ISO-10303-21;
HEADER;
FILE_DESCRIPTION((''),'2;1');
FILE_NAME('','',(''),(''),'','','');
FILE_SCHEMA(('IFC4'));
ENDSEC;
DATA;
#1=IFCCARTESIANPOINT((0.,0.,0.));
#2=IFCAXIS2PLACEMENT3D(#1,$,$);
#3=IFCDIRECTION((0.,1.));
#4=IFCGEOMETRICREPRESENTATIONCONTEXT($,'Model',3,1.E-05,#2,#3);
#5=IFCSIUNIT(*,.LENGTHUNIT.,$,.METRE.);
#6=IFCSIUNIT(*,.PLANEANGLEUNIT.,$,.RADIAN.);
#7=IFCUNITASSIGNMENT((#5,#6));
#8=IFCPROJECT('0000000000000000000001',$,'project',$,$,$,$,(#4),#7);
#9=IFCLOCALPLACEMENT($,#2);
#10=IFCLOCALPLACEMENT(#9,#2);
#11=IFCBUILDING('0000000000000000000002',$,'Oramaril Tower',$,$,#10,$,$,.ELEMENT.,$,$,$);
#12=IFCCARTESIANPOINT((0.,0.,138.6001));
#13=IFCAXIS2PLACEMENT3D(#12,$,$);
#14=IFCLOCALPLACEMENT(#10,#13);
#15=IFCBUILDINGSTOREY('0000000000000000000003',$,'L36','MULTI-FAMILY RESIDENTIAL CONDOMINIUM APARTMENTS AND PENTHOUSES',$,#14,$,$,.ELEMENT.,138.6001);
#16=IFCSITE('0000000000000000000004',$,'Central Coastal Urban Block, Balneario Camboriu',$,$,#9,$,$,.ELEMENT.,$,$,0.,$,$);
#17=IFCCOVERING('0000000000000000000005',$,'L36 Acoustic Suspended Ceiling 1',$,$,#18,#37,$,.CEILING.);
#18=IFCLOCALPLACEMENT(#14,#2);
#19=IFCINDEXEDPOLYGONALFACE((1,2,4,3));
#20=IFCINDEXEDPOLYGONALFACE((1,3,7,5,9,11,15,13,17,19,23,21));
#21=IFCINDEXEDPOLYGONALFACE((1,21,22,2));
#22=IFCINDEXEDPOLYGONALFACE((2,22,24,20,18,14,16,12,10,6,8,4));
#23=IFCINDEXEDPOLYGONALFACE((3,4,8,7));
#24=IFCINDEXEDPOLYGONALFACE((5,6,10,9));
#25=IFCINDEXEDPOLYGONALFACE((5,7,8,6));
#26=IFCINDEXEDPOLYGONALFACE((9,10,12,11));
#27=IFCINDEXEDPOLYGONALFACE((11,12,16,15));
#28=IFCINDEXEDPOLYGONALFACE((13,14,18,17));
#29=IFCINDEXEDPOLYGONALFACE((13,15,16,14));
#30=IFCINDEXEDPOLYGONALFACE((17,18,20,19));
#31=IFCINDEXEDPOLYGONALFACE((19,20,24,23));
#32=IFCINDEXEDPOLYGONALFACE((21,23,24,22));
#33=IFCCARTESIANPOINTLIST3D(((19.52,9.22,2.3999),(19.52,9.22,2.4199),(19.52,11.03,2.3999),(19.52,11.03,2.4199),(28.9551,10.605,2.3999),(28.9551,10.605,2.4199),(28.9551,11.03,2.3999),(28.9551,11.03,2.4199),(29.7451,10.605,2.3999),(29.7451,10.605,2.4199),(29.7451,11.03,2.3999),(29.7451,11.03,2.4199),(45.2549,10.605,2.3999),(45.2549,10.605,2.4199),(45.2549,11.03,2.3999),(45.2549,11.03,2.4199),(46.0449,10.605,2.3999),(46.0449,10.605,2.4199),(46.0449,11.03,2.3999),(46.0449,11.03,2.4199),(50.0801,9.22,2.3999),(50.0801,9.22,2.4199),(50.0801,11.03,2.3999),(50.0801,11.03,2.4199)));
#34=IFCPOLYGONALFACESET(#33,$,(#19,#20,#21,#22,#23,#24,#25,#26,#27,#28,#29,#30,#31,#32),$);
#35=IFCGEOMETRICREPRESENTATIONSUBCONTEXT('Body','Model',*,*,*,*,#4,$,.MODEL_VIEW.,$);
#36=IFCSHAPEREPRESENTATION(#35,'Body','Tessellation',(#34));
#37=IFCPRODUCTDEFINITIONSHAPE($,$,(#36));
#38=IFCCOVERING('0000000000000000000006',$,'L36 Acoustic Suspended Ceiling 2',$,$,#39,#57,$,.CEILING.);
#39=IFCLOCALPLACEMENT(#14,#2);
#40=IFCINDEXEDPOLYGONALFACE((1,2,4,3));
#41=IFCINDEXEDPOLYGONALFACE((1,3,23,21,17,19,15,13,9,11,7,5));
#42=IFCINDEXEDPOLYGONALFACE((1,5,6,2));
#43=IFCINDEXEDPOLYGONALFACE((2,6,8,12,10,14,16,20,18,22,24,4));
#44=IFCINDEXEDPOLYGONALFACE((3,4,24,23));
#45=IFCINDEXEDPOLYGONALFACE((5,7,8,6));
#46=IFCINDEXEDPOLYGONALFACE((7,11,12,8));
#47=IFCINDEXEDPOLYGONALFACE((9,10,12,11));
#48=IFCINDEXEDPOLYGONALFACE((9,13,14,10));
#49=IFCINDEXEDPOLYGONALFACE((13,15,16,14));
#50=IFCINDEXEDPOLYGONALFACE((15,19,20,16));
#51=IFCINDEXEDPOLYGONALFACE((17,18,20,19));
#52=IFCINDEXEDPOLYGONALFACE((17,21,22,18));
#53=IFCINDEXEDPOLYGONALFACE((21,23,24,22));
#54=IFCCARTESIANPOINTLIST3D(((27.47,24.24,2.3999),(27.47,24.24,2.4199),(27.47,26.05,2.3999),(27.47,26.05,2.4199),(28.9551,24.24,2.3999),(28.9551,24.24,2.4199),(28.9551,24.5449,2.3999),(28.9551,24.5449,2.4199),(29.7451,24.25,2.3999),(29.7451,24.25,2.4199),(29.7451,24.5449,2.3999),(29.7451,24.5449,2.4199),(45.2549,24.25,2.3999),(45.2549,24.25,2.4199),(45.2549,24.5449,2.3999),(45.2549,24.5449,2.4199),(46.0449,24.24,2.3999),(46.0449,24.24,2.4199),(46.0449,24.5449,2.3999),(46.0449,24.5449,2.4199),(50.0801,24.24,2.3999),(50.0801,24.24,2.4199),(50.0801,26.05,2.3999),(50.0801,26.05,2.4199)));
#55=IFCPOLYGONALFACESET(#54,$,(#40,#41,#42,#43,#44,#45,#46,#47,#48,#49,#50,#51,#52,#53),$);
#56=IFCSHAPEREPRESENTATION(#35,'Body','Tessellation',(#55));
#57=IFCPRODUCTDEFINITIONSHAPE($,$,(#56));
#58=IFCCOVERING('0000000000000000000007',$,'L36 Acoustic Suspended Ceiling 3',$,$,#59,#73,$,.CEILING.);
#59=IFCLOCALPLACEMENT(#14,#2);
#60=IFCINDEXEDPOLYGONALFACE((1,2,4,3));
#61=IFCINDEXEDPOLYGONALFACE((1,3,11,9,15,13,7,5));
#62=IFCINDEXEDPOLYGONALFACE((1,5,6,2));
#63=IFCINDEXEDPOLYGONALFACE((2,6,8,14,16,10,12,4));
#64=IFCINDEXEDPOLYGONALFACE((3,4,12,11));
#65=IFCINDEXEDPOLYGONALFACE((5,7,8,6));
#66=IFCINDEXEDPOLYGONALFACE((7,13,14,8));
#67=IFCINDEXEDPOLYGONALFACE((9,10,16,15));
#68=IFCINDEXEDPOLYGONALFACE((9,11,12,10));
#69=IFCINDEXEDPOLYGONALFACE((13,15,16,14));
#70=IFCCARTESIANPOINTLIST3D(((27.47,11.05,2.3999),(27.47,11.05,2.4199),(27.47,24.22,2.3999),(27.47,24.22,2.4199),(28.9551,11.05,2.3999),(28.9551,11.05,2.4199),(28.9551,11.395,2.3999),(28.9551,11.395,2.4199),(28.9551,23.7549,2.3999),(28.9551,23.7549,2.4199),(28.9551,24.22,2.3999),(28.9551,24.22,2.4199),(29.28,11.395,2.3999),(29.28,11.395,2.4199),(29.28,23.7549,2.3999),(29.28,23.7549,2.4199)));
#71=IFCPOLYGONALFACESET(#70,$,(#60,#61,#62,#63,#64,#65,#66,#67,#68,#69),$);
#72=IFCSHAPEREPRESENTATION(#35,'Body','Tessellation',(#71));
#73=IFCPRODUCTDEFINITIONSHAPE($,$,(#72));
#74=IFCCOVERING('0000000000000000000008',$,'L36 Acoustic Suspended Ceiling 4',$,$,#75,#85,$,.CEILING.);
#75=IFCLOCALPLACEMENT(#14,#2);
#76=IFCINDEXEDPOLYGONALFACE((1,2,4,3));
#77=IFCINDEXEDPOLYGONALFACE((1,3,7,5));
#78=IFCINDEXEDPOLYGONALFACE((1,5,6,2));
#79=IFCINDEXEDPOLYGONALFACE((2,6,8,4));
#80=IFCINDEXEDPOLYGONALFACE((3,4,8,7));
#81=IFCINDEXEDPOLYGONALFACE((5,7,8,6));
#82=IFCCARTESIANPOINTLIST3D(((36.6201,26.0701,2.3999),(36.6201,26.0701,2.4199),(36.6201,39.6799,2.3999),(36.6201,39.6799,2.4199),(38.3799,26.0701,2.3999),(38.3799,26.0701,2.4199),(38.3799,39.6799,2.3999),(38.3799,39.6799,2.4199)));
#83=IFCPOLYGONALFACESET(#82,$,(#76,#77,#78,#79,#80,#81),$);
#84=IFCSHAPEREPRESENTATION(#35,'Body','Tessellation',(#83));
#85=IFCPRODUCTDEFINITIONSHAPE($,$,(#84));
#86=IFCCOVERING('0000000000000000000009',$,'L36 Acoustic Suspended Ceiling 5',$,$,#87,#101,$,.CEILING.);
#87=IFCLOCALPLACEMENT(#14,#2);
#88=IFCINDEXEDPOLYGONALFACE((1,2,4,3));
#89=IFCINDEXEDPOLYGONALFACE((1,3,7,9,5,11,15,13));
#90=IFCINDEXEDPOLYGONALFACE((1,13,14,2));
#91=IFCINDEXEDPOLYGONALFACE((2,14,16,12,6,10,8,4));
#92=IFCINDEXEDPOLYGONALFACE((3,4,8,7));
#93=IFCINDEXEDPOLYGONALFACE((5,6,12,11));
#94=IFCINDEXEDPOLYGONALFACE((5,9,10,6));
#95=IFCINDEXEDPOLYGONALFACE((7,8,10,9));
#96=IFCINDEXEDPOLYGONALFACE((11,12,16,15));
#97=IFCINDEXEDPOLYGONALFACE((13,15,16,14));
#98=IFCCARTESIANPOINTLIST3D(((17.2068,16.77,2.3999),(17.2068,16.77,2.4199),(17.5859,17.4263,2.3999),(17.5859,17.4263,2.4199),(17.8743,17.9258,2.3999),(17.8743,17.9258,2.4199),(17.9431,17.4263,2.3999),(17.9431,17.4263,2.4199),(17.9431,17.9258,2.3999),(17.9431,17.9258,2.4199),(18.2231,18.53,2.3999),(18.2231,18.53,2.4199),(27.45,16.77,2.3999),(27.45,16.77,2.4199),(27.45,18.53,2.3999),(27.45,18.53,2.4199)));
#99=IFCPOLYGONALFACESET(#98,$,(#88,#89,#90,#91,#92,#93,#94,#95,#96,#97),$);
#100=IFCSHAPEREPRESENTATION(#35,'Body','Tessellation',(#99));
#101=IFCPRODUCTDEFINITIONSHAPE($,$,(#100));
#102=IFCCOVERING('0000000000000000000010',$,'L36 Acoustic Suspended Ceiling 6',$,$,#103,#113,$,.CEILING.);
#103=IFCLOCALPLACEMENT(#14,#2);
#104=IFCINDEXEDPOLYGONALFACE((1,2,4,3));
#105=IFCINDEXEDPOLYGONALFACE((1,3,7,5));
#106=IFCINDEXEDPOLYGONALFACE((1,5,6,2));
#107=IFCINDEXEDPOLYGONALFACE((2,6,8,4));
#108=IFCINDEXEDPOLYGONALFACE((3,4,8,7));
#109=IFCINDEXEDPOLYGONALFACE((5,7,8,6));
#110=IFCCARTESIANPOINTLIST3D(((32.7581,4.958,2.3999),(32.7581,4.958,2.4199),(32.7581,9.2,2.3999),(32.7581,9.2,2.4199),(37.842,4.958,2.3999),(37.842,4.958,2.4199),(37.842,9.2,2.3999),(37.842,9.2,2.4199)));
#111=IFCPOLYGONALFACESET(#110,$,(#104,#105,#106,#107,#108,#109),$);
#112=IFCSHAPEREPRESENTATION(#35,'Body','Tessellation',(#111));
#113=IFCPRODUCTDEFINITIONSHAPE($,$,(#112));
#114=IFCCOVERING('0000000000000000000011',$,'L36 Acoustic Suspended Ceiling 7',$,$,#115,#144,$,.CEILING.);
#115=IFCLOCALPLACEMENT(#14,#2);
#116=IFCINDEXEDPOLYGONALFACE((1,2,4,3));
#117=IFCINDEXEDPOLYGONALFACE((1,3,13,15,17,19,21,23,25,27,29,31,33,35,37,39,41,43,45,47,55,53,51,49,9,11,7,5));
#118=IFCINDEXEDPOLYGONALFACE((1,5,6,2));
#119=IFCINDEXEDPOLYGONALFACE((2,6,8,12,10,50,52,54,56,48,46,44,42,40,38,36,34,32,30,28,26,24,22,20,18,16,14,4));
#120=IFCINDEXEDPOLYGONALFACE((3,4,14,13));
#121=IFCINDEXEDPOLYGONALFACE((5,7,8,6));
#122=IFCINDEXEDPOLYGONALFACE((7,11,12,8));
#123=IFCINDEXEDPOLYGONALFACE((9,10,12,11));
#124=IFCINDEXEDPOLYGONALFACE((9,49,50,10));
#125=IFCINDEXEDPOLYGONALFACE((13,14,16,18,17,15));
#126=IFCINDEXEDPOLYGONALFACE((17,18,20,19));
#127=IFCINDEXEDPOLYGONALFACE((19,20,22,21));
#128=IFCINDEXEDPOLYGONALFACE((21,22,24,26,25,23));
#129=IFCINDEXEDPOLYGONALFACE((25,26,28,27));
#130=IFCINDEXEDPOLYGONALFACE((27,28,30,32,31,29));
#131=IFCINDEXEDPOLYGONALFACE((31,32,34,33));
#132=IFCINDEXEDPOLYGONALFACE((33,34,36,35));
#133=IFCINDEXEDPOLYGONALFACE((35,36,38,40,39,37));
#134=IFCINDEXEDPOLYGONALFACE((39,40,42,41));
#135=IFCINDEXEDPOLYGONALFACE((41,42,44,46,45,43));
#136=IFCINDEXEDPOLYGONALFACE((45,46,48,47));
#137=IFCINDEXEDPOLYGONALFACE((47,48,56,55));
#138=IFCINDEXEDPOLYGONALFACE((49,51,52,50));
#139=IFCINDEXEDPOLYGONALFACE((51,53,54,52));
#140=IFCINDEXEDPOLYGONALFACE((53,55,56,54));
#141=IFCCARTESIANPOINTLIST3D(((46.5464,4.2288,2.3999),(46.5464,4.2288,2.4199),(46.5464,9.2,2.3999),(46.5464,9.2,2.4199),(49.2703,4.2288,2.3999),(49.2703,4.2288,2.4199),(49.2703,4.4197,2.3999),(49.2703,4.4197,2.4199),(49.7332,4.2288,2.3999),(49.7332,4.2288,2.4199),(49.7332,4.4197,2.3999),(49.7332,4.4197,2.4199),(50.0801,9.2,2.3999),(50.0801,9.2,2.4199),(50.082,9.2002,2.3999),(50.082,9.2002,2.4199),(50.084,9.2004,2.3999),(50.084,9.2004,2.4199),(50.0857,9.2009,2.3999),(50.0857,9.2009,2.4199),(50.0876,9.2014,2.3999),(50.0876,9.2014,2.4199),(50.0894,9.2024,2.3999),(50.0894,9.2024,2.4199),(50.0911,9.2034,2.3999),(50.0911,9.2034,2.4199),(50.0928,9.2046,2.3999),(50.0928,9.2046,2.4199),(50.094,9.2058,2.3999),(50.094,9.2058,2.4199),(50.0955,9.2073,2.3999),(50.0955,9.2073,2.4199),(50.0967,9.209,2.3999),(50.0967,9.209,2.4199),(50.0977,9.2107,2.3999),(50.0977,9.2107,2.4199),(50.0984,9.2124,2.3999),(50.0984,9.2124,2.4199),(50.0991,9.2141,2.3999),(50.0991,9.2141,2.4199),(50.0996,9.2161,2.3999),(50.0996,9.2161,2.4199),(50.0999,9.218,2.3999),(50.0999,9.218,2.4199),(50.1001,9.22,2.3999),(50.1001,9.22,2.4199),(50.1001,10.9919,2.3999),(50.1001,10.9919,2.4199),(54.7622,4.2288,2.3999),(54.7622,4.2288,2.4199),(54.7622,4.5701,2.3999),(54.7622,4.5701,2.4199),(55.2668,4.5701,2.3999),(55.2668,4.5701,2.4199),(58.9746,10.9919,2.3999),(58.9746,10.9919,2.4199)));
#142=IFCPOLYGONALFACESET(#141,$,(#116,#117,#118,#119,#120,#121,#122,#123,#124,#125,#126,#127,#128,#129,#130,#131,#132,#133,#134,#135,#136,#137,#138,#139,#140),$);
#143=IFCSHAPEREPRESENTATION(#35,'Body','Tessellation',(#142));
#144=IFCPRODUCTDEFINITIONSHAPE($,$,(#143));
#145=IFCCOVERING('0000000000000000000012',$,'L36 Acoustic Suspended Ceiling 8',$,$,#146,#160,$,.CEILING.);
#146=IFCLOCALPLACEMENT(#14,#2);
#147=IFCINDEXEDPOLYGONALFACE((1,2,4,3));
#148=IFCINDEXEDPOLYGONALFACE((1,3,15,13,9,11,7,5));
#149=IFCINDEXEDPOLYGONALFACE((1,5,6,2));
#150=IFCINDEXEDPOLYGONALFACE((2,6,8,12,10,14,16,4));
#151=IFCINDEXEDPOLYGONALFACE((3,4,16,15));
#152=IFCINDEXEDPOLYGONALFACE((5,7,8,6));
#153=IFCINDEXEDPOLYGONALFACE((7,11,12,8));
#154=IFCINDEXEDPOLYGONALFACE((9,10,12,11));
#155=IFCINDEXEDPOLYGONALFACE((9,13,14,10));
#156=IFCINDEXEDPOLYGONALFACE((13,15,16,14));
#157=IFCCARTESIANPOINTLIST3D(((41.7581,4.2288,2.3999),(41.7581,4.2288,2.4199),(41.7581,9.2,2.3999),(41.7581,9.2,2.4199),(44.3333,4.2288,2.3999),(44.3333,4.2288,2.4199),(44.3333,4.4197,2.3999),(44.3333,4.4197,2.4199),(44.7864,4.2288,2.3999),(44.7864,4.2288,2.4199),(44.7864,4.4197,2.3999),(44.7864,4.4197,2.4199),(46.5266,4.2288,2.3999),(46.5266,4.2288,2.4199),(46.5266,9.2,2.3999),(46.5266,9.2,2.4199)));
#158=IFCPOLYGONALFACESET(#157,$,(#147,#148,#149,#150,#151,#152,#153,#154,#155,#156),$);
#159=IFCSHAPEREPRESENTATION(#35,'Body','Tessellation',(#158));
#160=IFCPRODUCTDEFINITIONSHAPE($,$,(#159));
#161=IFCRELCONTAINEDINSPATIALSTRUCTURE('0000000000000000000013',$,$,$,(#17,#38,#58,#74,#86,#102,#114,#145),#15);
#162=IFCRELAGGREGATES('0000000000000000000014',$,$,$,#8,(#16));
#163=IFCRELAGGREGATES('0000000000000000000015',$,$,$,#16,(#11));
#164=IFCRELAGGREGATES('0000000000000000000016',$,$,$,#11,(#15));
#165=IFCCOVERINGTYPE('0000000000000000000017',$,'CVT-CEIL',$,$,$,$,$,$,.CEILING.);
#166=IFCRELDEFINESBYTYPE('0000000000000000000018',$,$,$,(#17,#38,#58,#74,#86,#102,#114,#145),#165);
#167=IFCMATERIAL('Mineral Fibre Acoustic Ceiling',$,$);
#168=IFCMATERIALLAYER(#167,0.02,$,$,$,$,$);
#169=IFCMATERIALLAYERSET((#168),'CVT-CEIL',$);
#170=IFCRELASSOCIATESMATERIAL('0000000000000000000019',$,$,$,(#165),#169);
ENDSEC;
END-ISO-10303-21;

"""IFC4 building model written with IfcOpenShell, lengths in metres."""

from ifc_helpers import new_model, si_unit, direction, frame, origin, place, context, subcontext, project, spatial, polyline, outline, extrude, material, layer, layer_set, type_object, element, save


model = new_model("IFC4")

# Units and contexts
model_context = context("Model", 3, precision=1e-05, world=origin(), true_north=direction((0.0, 1.0)))
body_context = subcontext(model_context, "Body", "Model", "MODEL_VIEW")
ifc_project = project(units=[si_unit("LENGTHUNIT", "METRE"), si_unit("PLANEANGLEUNIT", "RADIAN")], contexts=[model_context])

# Site, building, storey
site_placement = place(None, origin())
site = spatial("IfcSite", under=ifc_project, at=site_placement, Name="Central Coastal Urban Block, Balneario Camboriu", CompositionType="ELEMENT", RefElevation=0.0)
building_placement = place(site_placement, origin())
building = spatial("IfcBuilding", under=site, at=building_placement, Name="Oramaril Tower", CompositionType="ELEMENT")
storey_placement = place(building_placement, frame((0.0, 0.0, 138.6001)))
storey = spatial("IfcBuildingStorey", under=building, at=storey_placement, Name="L36", Description="MULTI-FAMILY RESIDENTIAL CONDOMINIUM APARTMENTS AND PENTHOUSES", CompositionType="ELEMENT", Elevation=138.6001)

# Coverings
ifc_material_1 = material(Name="Mineral Fibre Acoustic Ceiling")
ifc_layer_1 = layer(ifc_material_1, 0.02)
ifc_layer_set_1 = layer_set([ifc_layer_1], Name="CVT-CEIL")
covering_type_1 = type_object("IfcCoveringType", Name="CVT-CEIL", PredefinedType="CEILING", material=ifc_layer_set_1)
covering_1_placement = place(storey_placement, frame((0.0, 0.0, 2.3999)))
element("IfcCovering", 1, at=covering_1_placement, inside=storey, type_object=covering_type_1, Name="L36 Acoustic Suspended Ceiling 1", PredefinedType="CEILING", context=body_context, shape_type="SweptSolid", body=[
    extrude(outline(polyline([(28.9551, 10.605), (29.7451, 10.605), (29.7451, 11.03), (45.2549, 11.03), (45.2549, 10.605), (46.0449, 10.605), (46.0449, 11.03), (50.0801, 11.03), (50.0801, 9.22), (19.52, 9.22), (19.52, 11.03), (28.9551, 11.03), (28.9551, 10.605)])), origin(), (0.0, 0.0, 1.0), 0.02),
])
covering_2_placement = place(storey_placement, frame((0.0, 0.0, 2.3999)))
element("IfcCovering", 2, at=covering_2_placement, inside=storey, type_object=covering_type_1, Name="L36 Acoustic Suspended Ceiling 2", PredefinedType="CEILING", context=body_context, shape_type="SweptSolid", body=[
    extrude(outline(polyline([(50.0801, 24.24), (46.0449, 24.24), (46.0449, 24.5449), (45.2549, 24.5449), (45.2549, 24.25), (29.7451, 24.25), (29.7451, 24.5449), (28.9551, 24.5449), (28.9551, 24.24), (27.47, 24.24), (27.47, 26.05), (50.0801, 26.05), (50.0801, 24.24)])), origin(), (0.0, 0.0, 1.0), 0.02),
])
covering_3_placement = place(storey_placement, frame((0.0, 0.0, 2.3999)))
element("IfcCovering", 3, at=covering_3_placement, inside=storey, type_object=covering_type_1, Name="L36 Acoustic Suspended Ceiling 3", PredefinedType="CEILING", context=body_context, shape_type="SweptSolid", body=[
    extrude(outline(polyline([(28.9551, 23.7549), (29.28, 23.7549), (29.28, 11.395), (28.9551, 11.395), (28.9551, 11.05), (27.47, 11.05), (27.47, 24.22), (28.9551, 24.22), (28.9551, 23.7549)])), origin(), (0.0, 0.0, 1.0), 0.02),
])
covering_4_placement = place(storey_placement, frame((0.0, 0.0, 2.3999)))
element("IfcCovering", 4, at=covering_4_placement, inside=storey, type_object=covering_type_1, Name="L36 Acoustic Suspended Ceiling 4", PredefinedType="CEILING", context=body_context, shape_type="SweptSolid", body=[
    extrude(outline(polyline([(38.3799, 26.0701), (36.6201, 26.0701), (36.6201, 39.6799), (38.3799, 39.6799), (38.3799, 26.0701)])), origin(), (0.0, 0.0, 1.0), 0.02),
])
covering_5_placement = place(storey_placement, frame((0.0, 0.0, 2.3999)))
element("IfcCovering", 5, at=covering_5_placement, inside=storey, type_object=covering_type_1, Name="L36 Acoustic Suspended Ceiling 5", PredefinedType="CEILING", context=body_context, shape_type="SweptSolid", body=[
    extrude(outline(polyline([(17.2068, 16.77), (17.5859, 17.4263), (17.9431, 17.4263), (17.9431, 17.9258), (17.8743, 17.9258), (18.2231, 18.53), (27.45, 18.53), (27.45, 16.77), (17.2068, 16.77)])), origin(), (0.0, 0.0, 1.0), 0.02),
])
covering_6_placement = place(storey_placement, frame((0.0, 0.0, 2.3999)))
element("IfcCovering", 6, at=covering_6_placement, inside=storey, type_object=covering_type_1, Name="L36 Acoustic Suspended Ceiling 6", PredefinedType="CEILING", context=body_context, shape_type="SweptSolid", body=[
    extrude(outline(polyline([(32.7581, 4.958), (32.7581, 9.2), (37.842, 9.2), (37.842, 4.958), (32.7581, 4.958)])), origin(), (0.0, 0.0, 1.0), 0.02),
])
covering_7_placement = place(storey_placement, frame((0.0, 0.0, 2.3999)))
element("IfcCovering", 7, at=covering_7_placement, inside=storey, type_object=covering_type_1, Name="L36 Acoustic Suspended Ceiling 7", PredefinedType="CEILING", context=body_context, shape_type="SweptSolid", body=[
    extrude(outline(polyline([(58.9746, 10.9919), (55.2668, 4.5701), (54.7622, 4.5701), (54.7622, 4.2288), (49.7332, 4.2288), (49.7332, 4.4197), (49.2703, 4.4197), (49.2703, 4.2288), (46.5464, 4.2288), (46.5464, 9.2), (50.0801, 9.2), (50.082, 9.2002), (50.084, 9.2004), (50.0857, 9.2009), (50.0876, 9.2014), (50.0894, 9.2024), (50.0911, 9.2034), (50.0928, 9.2046), (50.094, 9.2058), (50.0955, 9.2073), (50.0967, 9.209), (50.0977, 9.2107), (50.0984, 9.2124), (50.0991, 9.2141), (50.0996, 9.2161), (50.0999, 9.218), (50.1001, 9.22), (50.1001, 10.9919), (58.9746, 10.9919)])), origin(), (0.0, 0.0, 1.0), 0.02),
])
covering_8_placement = place(storey_placement, frame((0.0, 0.0, 2.3999)))
element("IfcCovering", 8, at=covering_8_placement, inside=storey, type_object=covering_type_1, Name="L36 Acoustic Suspended Ceiling 8", PredefinedType="CEILING", context=body_context, shape_type="SweptSolid", body=[
    extrude(outline(polyline([(44.7864, 4.2288), (44.7864, 4.4197), (44.3333, 4.4197), (44.3333, 4.2288), (41.7581, 4.2288), (41.7581, 9.2), (46.5266, 9.2), (46.5266, 4.2288), (44.7864, 4.2288)])), origin(), (0.0, 0.0, 1.0), 0.02),
])

save(model, "model.ifc")
